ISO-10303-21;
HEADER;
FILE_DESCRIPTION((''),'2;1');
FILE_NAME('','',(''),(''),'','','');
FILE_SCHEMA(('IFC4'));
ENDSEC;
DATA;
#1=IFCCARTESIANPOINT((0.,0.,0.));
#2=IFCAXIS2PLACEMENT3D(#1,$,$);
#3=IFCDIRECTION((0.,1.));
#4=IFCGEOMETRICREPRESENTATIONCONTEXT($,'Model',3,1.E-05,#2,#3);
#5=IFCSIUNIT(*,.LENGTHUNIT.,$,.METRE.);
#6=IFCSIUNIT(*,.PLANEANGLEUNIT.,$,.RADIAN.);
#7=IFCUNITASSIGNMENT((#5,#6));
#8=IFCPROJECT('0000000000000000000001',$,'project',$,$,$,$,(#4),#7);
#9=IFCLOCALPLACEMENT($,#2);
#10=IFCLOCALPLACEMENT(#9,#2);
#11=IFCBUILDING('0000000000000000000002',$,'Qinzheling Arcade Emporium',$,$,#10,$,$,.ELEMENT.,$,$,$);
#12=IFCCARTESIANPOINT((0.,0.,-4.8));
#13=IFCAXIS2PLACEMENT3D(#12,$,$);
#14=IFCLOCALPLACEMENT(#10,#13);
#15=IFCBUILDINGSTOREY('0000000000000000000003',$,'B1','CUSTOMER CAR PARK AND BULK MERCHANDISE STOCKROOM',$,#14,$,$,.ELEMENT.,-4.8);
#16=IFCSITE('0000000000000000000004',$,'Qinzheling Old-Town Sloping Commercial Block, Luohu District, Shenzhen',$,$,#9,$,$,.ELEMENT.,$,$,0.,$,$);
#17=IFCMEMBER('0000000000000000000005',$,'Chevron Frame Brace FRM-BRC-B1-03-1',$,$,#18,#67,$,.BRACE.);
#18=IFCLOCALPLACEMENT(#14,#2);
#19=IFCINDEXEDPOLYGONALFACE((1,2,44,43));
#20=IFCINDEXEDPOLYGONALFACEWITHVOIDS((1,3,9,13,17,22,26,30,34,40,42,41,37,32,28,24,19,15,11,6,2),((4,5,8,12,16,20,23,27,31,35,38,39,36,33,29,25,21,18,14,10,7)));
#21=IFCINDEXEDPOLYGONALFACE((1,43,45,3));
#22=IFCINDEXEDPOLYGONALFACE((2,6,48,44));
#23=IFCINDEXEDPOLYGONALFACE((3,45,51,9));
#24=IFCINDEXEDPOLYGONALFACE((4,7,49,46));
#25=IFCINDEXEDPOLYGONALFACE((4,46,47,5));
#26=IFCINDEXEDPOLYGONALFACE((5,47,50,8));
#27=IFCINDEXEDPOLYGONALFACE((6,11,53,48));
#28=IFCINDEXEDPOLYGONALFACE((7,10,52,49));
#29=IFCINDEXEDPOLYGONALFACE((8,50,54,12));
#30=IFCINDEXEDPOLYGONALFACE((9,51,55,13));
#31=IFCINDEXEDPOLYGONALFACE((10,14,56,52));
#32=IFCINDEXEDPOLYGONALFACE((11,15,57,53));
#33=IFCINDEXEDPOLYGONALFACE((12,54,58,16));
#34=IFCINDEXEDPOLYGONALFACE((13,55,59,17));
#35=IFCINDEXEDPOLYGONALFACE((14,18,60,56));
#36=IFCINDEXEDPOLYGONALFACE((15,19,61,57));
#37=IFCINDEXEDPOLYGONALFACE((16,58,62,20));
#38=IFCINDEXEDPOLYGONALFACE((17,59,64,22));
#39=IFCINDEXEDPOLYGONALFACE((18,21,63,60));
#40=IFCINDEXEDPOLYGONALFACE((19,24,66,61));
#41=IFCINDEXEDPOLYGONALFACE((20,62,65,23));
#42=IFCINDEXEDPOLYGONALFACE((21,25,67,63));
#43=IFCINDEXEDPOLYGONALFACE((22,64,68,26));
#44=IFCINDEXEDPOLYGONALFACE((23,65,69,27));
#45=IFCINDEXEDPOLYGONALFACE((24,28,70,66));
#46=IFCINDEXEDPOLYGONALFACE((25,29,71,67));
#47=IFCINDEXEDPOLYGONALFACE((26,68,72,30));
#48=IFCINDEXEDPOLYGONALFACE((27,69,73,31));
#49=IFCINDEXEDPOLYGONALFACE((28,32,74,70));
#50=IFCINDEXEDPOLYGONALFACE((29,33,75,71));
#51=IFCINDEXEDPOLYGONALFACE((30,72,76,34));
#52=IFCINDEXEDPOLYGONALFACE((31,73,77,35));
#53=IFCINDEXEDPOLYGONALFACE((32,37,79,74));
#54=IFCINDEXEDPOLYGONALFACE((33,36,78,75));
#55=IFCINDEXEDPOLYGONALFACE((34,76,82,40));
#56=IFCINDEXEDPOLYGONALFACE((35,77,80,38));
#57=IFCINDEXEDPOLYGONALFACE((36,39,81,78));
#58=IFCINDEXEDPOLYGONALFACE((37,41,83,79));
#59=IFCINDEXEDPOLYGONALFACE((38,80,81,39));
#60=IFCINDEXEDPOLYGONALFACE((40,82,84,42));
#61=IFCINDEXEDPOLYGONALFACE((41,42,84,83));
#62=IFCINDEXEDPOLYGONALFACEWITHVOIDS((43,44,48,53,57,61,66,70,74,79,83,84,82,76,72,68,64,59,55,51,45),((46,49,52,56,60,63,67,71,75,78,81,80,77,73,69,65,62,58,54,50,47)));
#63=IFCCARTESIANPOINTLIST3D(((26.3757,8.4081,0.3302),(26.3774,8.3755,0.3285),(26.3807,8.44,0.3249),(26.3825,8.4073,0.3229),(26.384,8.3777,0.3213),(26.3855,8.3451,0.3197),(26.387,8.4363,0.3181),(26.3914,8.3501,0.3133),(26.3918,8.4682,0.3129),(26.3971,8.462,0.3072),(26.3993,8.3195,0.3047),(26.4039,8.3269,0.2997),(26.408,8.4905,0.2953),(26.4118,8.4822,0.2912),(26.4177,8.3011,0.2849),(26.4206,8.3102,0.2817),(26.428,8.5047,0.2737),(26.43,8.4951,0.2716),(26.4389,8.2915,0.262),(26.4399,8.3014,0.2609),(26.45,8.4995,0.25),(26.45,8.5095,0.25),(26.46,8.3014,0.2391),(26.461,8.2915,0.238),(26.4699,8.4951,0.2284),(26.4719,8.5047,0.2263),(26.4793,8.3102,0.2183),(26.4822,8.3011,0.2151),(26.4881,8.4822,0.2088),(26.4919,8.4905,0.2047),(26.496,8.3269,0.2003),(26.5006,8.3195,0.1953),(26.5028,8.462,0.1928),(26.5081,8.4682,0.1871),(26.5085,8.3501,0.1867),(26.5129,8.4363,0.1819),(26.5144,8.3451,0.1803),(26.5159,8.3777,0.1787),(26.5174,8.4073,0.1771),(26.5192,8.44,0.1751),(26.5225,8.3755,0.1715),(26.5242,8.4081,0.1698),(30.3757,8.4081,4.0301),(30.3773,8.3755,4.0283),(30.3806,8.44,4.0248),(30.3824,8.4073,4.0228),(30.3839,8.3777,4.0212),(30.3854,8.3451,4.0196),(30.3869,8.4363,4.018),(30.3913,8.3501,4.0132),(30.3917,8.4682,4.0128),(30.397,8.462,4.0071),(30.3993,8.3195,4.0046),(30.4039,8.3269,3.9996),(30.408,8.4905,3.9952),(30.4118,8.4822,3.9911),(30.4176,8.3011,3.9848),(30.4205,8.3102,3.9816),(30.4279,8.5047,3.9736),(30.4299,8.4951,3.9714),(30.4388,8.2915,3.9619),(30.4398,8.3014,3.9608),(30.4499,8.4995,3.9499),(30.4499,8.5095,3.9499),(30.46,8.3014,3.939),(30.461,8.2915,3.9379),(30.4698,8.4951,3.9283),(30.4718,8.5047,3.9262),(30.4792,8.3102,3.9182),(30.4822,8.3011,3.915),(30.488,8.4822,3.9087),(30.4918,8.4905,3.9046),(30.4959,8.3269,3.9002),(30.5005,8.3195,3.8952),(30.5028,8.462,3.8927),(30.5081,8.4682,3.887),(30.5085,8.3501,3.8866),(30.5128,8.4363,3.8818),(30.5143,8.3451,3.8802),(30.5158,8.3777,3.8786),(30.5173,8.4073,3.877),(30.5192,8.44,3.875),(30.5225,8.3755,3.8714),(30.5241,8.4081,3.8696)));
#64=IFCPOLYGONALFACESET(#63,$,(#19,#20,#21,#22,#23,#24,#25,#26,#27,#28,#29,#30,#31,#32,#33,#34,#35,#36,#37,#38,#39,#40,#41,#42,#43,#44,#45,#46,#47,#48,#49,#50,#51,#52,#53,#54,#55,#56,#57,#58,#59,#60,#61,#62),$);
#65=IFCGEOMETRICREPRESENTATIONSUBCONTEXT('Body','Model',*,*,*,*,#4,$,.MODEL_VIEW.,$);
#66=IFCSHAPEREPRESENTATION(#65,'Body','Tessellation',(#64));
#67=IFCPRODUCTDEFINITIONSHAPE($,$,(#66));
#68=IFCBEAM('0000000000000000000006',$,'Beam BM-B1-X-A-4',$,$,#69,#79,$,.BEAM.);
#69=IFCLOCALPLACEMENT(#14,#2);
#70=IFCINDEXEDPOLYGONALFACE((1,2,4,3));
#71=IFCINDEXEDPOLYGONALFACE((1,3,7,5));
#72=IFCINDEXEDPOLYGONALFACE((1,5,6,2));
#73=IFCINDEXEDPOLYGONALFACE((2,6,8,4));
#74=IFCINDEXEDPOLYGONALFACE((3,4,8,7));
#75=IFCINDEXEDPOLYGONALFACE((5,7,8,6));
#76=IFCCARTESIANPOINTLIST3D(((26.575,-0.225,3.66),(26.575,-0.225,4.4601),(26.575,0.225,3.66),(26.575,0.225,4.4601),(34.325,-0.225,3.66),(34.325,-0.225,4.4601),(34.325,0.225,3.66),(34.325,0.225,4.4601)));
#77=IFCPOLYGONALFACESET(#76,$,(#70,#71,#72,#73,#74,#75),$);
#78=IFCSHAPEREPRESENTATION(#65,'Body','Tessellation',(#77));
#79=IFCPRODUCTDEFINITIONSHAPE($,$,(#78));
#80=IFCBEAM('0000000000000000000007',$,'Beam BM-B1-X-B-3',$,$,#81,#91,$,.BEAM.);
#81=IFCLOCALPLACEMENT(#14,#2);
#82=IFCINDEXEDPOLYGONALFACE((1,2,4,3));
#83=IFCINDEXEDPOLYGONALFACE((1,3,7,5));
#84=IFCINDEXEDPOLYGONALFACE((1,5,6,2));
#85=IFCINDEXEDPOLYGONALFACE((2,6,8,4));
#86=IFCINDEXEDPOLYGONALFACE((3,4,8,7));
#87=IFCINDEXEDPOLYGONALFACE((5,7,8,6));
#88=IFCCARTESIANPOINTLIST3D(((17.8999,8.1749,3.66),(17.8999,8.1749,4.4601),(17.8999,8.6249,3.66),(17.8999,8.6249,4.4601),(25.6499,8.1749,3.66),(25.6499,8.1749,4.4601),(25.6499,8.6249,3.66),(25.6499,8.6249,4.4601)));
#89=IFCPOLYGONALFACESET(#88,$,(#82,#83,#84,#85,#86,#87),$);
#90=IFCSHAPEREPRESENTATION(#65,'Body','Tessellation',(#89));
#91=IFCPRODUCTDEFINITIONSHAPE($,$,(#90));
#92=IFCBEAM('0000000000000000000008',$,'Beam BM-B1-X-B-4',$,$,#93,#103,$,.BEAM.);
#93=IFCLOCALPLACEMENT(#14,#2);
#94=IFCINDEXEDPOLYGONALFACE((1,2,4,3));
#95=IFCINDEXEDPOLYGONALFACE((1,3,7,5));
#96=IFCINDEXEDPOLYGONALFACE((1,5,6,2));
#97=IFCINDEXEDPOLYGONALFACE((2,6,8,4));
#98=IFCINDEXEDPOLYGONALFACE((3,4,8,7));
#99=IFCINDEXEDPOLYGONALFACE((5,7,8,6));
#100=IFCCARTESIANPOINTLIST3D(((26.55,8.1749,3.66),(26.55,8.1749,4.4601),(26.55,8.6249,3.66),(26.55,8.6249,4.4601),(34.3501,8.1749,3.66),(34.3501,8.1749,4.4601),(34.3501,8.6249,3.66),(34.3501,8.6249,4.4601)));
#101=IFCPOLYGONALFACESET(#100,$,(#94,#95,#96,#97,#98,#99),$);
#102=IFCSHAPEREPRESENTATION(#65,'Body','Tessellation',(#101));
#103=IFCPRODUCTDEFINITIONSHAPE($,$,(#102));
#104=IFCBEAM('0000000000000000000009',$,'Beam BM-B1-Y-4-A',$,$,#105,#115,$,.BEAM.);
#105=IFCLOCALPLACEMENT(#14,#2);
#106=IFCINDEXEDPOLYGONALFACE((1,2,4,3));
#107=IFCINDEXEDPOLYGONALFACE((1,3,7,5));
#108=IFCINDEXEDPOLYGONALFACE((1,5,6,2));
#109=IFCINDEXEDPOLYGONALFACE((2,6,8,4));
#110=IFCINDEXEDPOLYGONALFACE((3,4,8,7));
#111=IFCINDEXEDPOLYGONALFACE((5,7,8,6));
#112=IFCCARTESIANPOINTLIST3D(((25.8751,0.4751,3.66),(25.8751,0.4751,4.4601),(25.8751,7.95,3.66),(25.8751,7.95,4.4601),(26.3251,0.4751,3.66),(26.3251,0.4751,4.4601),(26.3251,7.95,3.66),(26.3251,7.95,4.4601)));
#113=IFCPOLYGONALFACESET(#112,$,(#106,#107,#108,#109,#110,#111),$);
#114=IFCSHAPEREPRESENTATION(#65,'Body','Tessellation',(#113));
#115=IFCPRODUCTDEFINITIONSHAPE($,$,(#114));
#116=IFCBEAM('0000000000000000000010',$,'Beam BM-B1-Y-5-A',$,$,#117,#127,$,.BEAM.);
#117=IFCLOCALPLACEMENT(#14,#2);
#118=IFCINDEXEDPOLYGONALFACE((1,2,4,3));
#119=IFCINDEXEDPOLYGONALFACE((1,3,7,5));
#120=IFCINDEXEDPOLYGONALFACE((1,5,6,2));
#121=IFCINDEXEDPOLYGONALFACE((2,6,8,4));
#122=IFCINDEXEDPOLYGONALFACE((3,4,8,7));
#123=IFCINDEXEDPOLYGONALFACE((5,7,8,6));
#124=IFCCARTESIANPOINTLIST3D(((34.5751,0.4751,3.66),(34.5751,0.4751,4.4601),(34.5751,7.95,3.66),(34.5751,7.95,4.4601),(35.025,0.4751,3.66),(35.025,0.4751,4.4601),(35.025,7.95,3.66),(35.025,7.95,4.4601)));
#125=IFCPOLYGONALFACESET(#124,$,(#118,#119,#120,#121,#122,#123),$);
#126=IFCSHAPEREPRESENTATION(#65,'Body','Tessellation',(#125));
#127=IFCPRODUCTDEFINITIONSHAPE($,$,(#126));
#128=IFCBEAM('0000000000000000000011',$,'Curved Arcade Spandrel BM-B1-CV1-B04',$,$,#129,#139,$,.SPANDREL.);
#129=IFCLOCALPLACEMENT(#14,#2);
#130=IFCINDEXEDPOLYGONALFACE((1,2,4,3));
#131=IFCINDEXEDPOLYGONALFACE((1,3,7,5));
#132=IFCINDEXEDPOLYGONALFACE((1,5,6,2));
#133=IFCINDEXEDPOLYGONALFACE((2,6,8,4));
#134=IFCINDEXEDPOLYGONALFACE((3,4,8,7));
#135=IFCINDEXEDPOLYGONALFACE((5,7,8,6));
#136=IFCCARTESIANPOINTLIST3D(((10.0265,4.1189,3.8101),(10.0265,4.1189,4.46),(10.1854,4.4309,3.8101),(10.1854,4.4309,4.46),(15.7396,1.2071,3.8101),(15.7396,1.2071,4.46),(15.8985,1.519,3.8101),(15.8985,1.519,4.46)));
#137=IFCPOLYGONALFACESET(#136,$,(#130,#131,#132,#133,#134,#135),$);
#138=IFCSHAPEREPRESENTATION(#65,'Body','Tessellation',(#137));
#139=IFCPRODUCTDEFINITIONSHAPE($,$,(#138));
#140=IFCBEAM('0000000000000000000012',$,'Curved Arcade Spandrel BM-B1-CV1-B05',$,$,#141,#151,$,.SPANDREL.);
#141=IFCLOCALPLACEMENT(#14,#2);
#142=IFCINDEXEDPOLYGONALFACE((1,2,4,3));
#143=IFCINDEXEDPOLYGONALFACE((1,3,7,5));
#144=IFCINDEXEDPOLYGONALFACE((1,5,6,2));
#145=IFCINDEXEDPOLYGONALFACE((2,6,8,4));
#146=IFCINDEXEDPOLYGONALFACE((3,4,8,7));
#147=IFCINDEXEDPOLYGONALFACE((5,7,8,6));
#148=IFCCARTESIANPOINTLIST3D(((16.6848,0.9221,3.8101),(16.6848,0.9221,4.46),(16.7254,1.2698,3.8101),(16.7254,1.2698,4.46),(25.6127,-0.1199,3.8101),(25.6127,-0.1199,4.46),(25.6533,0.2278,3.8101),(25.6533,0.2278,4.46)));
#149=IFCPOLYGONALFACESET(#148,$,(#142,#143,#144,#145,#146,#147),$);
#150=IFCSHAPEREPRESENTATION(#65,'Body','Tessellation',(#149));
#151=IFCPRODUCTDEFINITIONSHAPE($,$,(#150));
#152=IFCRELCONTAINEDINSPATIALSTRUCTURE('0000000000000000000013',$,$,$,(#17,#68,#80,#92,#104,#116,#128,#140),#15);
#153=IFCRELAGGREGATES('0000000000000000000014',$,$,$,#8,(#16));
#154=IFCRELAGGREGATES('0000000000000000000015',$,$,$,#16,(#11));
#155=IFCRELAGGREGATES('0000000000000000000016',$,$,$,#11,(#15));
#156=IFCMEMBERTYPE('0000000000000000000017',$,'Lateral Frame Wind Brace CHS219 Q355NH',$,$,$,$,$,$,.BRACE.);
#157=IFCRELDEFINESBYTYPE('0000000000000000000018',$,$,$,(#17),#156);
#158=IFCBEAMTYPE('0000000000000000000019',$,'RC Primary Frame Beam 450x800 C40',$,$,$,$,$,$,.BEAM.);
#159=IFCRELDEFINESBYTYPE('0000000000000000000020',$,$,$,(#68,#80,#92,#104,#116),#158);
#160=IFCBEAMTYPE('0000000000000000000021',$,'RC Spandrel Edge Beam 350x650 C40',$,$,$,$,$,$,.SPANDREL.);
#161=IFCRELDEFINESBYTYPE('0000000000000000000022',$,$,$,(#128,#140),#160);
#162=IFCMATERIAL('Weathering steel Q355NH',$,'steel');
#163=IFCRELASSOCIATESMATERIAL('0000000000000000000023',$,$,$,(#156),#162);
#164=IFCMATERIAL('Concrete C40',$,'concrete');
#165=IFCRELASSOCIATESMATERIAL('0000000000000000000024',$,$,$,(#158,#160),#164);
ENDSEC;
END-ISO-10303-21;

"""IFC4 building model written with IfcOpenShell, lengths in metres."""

from ifc_helpers import new_model, si_unit, direction, frame, origin, origin_2d, place, context, subcontext, project, spatial, rectangle, hollow_circle, extrude, material, material_profile, profile_set, type_object, element, save


model = new_model("IFC4")

# Units and contexts
model_context = context("Model", 3, precision=1e-05, world=origin(), true_north=direction((0.0, 1.0)))
body_context = subcontext(model_context, "Body", "Model", "MODEL_VIEW")
ifc_project = project(units=[si_unit("LENGTHUNIT", "METRE"), si_unit("PLANEANGLEUNIT", "RADIAN")], contexts=[model_context])

# Site, building, storey
site_placement = place(None, origin())
site = spatial("IfcSite", under=ifc_project, at=site_placement, Name="Qinzheling Old-Town Sloping Commercial Block, Luohu District, Shenzhen", CompositionType="ELEMENT", RefElevation=0.0)
building_placement = place(site_placement, origin())
building = spatial("IfcBuilding", under=site, at=building_placement, Name="Qinzheling Arcade Emporium", CompositionType="ELEMENT")
storey_placement = place(building_placement, frame((0.0, 0.0, -4.8)))
storey = spatial("IfcBuildingStorey", under=building, at=storey_placement, Name="B1", Description="CUSTOMER CAR PARK AND BULK MERCHANDISE STOCKROOM", CompositionType="ELEMENT", Elevation=-4.8)

# Member
ifc_material_1 = material(Name="Weathering steel Q355NH", Category="steel")
ifc_material_profile_1 = material_profile(ifc_material_1, hollow_circle(Radius=0.1096, WallThickness=0.01, at=origin_2d()), Name="CHS 219x10", Category="steel")
ifc_profile_set_1 = profile_set([ifc_material_profile_1], Name="Weathering steel Q355NH")
member_type_1 = type_object("IfcMemberType", Name="Lateral Frame Wind Brace CHS219 Q355NH", PredefinedType="BRACE", material=ifc_profile_set_1)
member_placement = place(storey_placement, frame((26.45, 8.3999, 0.25), z_axis=(0.734104, 0.0, 0.679037), x_axis=(0.0, 1.0, 0.0)))
element("IfcMember", 1, at=member_placement, inside=storey, type_object=member_type_1, Name="Chevron Frame Brace FRM-BRC-B1-03-1", PredefinedType="BRACE", context=body_context, shape_type="SweptSolid", body=[
    extrude(hollow_circle(Radius=0.1096, WallThickness=0.01, at=origin_2d()), origin(), (0.0, 0.0, 1.0), 5.4487),
])

# Beams
ifc_material_2 = material(Name="Concrete C40", Category="concrete")
ifc_material_profile_2 = material_profile(ifc_material_2, rectangle(XDim=0.45, YDim=0.8, at=origin_2d()), Name="RC 450x800", Category="concrete")
ifc_profile_set_2 = profile_set([ifc_material_profile_2], Name="Concrete C40")
beam_type_1 = type_object("IfcBeamType", Name="RC Primary Frame Beam 450x800 C40", PredefinedType="BEAM", material=ifc_profile_set_2)
for number, where, z_axis, x_axis, name in (
    (2, (26.575, 0.0, 4.0601), (1.0, 0.0, 0.0), (0.0, 1.0, 0.0), "Beam BM-B1-X-A-4"),
    (3, (17.8999, 8.3999, 4.0601), (1.0, 0.0, 0.0), (0.0, 1.0, 0.0), "Beam BM-B1-X-B-3"),
):
    element("IfcBeam", number, at=place(storey_placement, frame(where, z_axis=z_axis, x_axis=x_axis)), inside=storey, type_object=beam_type_1, Name=name, PredefinedType="BEAM", context=body_context, shape_type="SweptSolid", body=[
        extrude(rectangle(XDim=0.45, YDim=0.8, at=origin_2d()), origin(), (0.0, 0.0, 1.0), 7.75),
    ])
beam_1_placement = place(storey_placement, frame((26.55, 8.3999, 4.0601), z_axis=(1.0, 0.0, 0.0), x_axis=(0.0, 1.0, 0.0)))
element("IfcBeam", 4, at=beam_1_placement, inside=storey, type_object=beam_type_1, Name="Beam BM-B1-X-B-4", PredefinedType="BEAM", context=body_context, shape_type="SweptSolid", body=[
    extrude(rectangle(XDim=0.45, YDim=0.8, at=origin_2d()), origin(), (0.0, 0.0, 1.0), 7.8),
])
for number, where, z_axis, x_axis, name in (
    (5, (26.1001, 0.4751, 4.0601), (0.0, 1.0, 0.0), (-1.0, 0.0, 0.0), "Beam BM-B1-Y-4-A"),
    (6, (34.8, 0.4751, 4.0601), (0.0, 1.0, 0.0), (-1.0, 0.0, 0.0), "Beam BM-B1-Y-5-A"),
):
    element("IfcBeam", number, at=place(storey_placement, frame(where, z_axis=z_axis, x_axis=x_axis)), inside=storey, type_object=beam_type_1, Name=name, PredefinedType="BEAM", context=body_context, shape_type="SweptSolid", body=[
        extrude(rectangle(XDim=0.45, YDim=0.8, at=origin_2d()), origin(), (0.0, 0.0, 1.0), 7.4749),
    ])
ifc_material_profile_3 = material_profile(ifc_material_2, rectangle(XDim=0.3501, YDim=0.6499, at=origin_2d()), Name="RC 350x650", Category="concrete")
ifc_profile_set_3 = profile_set([ifc_material_profile_3], Name="Concrete C40")
beam_type_2 = type_object("IfcBeamType", Name="RC Spandrel Edge Beam 350x650 C40", PredefinedType="SPANDREL", material=ifc_profile_set_3)
beam_2_placement = place(storey_placement, frame((10.106, 4.2749, 4.135), z_axis=(0.890951, -0.454099, 0.0), x_axis=(0.454099, 0.890951, 0.0)))
element("IfcBeam", 7, at=beam_2_placement, inside=storey, type_object=beam_type_2, Name="Curved Arcade Spandrel BM-B1-CV1-B04", PredefinedType="SPANDREL", context=body_context, shape_type="SweptSolid", body=[
    extrude(rectangle(XDim=0.3501, YDim=0.6499, at=origin_2d()), origin(), (0.0, 0.0, 1.0), 6.4124),
])
beam_3_placement = place(storey_placement, frame((16.7051, 1.0959, 4.135), z_axis=(0.993258, -0.115924, 0.0), x_axis=(0.115924, 0.993258, 0.0)))
element("IfcBeam", 8, at=beam_3_placement, inside=storey, type_object=beam_type_2, Name="Curved Arcade Spandrel BM-B1-CV1-B05", PredefinedType="SPANDREL", context=body_context, shape_type="SweptSolid", body=[
    extrude(rectangle(XDim=0.3501, YDim=0.6499, at=origin_2d()), origin(), (0.0, 0.0, 1.0), 8.9885),
])

save(model, "model.ifc")
